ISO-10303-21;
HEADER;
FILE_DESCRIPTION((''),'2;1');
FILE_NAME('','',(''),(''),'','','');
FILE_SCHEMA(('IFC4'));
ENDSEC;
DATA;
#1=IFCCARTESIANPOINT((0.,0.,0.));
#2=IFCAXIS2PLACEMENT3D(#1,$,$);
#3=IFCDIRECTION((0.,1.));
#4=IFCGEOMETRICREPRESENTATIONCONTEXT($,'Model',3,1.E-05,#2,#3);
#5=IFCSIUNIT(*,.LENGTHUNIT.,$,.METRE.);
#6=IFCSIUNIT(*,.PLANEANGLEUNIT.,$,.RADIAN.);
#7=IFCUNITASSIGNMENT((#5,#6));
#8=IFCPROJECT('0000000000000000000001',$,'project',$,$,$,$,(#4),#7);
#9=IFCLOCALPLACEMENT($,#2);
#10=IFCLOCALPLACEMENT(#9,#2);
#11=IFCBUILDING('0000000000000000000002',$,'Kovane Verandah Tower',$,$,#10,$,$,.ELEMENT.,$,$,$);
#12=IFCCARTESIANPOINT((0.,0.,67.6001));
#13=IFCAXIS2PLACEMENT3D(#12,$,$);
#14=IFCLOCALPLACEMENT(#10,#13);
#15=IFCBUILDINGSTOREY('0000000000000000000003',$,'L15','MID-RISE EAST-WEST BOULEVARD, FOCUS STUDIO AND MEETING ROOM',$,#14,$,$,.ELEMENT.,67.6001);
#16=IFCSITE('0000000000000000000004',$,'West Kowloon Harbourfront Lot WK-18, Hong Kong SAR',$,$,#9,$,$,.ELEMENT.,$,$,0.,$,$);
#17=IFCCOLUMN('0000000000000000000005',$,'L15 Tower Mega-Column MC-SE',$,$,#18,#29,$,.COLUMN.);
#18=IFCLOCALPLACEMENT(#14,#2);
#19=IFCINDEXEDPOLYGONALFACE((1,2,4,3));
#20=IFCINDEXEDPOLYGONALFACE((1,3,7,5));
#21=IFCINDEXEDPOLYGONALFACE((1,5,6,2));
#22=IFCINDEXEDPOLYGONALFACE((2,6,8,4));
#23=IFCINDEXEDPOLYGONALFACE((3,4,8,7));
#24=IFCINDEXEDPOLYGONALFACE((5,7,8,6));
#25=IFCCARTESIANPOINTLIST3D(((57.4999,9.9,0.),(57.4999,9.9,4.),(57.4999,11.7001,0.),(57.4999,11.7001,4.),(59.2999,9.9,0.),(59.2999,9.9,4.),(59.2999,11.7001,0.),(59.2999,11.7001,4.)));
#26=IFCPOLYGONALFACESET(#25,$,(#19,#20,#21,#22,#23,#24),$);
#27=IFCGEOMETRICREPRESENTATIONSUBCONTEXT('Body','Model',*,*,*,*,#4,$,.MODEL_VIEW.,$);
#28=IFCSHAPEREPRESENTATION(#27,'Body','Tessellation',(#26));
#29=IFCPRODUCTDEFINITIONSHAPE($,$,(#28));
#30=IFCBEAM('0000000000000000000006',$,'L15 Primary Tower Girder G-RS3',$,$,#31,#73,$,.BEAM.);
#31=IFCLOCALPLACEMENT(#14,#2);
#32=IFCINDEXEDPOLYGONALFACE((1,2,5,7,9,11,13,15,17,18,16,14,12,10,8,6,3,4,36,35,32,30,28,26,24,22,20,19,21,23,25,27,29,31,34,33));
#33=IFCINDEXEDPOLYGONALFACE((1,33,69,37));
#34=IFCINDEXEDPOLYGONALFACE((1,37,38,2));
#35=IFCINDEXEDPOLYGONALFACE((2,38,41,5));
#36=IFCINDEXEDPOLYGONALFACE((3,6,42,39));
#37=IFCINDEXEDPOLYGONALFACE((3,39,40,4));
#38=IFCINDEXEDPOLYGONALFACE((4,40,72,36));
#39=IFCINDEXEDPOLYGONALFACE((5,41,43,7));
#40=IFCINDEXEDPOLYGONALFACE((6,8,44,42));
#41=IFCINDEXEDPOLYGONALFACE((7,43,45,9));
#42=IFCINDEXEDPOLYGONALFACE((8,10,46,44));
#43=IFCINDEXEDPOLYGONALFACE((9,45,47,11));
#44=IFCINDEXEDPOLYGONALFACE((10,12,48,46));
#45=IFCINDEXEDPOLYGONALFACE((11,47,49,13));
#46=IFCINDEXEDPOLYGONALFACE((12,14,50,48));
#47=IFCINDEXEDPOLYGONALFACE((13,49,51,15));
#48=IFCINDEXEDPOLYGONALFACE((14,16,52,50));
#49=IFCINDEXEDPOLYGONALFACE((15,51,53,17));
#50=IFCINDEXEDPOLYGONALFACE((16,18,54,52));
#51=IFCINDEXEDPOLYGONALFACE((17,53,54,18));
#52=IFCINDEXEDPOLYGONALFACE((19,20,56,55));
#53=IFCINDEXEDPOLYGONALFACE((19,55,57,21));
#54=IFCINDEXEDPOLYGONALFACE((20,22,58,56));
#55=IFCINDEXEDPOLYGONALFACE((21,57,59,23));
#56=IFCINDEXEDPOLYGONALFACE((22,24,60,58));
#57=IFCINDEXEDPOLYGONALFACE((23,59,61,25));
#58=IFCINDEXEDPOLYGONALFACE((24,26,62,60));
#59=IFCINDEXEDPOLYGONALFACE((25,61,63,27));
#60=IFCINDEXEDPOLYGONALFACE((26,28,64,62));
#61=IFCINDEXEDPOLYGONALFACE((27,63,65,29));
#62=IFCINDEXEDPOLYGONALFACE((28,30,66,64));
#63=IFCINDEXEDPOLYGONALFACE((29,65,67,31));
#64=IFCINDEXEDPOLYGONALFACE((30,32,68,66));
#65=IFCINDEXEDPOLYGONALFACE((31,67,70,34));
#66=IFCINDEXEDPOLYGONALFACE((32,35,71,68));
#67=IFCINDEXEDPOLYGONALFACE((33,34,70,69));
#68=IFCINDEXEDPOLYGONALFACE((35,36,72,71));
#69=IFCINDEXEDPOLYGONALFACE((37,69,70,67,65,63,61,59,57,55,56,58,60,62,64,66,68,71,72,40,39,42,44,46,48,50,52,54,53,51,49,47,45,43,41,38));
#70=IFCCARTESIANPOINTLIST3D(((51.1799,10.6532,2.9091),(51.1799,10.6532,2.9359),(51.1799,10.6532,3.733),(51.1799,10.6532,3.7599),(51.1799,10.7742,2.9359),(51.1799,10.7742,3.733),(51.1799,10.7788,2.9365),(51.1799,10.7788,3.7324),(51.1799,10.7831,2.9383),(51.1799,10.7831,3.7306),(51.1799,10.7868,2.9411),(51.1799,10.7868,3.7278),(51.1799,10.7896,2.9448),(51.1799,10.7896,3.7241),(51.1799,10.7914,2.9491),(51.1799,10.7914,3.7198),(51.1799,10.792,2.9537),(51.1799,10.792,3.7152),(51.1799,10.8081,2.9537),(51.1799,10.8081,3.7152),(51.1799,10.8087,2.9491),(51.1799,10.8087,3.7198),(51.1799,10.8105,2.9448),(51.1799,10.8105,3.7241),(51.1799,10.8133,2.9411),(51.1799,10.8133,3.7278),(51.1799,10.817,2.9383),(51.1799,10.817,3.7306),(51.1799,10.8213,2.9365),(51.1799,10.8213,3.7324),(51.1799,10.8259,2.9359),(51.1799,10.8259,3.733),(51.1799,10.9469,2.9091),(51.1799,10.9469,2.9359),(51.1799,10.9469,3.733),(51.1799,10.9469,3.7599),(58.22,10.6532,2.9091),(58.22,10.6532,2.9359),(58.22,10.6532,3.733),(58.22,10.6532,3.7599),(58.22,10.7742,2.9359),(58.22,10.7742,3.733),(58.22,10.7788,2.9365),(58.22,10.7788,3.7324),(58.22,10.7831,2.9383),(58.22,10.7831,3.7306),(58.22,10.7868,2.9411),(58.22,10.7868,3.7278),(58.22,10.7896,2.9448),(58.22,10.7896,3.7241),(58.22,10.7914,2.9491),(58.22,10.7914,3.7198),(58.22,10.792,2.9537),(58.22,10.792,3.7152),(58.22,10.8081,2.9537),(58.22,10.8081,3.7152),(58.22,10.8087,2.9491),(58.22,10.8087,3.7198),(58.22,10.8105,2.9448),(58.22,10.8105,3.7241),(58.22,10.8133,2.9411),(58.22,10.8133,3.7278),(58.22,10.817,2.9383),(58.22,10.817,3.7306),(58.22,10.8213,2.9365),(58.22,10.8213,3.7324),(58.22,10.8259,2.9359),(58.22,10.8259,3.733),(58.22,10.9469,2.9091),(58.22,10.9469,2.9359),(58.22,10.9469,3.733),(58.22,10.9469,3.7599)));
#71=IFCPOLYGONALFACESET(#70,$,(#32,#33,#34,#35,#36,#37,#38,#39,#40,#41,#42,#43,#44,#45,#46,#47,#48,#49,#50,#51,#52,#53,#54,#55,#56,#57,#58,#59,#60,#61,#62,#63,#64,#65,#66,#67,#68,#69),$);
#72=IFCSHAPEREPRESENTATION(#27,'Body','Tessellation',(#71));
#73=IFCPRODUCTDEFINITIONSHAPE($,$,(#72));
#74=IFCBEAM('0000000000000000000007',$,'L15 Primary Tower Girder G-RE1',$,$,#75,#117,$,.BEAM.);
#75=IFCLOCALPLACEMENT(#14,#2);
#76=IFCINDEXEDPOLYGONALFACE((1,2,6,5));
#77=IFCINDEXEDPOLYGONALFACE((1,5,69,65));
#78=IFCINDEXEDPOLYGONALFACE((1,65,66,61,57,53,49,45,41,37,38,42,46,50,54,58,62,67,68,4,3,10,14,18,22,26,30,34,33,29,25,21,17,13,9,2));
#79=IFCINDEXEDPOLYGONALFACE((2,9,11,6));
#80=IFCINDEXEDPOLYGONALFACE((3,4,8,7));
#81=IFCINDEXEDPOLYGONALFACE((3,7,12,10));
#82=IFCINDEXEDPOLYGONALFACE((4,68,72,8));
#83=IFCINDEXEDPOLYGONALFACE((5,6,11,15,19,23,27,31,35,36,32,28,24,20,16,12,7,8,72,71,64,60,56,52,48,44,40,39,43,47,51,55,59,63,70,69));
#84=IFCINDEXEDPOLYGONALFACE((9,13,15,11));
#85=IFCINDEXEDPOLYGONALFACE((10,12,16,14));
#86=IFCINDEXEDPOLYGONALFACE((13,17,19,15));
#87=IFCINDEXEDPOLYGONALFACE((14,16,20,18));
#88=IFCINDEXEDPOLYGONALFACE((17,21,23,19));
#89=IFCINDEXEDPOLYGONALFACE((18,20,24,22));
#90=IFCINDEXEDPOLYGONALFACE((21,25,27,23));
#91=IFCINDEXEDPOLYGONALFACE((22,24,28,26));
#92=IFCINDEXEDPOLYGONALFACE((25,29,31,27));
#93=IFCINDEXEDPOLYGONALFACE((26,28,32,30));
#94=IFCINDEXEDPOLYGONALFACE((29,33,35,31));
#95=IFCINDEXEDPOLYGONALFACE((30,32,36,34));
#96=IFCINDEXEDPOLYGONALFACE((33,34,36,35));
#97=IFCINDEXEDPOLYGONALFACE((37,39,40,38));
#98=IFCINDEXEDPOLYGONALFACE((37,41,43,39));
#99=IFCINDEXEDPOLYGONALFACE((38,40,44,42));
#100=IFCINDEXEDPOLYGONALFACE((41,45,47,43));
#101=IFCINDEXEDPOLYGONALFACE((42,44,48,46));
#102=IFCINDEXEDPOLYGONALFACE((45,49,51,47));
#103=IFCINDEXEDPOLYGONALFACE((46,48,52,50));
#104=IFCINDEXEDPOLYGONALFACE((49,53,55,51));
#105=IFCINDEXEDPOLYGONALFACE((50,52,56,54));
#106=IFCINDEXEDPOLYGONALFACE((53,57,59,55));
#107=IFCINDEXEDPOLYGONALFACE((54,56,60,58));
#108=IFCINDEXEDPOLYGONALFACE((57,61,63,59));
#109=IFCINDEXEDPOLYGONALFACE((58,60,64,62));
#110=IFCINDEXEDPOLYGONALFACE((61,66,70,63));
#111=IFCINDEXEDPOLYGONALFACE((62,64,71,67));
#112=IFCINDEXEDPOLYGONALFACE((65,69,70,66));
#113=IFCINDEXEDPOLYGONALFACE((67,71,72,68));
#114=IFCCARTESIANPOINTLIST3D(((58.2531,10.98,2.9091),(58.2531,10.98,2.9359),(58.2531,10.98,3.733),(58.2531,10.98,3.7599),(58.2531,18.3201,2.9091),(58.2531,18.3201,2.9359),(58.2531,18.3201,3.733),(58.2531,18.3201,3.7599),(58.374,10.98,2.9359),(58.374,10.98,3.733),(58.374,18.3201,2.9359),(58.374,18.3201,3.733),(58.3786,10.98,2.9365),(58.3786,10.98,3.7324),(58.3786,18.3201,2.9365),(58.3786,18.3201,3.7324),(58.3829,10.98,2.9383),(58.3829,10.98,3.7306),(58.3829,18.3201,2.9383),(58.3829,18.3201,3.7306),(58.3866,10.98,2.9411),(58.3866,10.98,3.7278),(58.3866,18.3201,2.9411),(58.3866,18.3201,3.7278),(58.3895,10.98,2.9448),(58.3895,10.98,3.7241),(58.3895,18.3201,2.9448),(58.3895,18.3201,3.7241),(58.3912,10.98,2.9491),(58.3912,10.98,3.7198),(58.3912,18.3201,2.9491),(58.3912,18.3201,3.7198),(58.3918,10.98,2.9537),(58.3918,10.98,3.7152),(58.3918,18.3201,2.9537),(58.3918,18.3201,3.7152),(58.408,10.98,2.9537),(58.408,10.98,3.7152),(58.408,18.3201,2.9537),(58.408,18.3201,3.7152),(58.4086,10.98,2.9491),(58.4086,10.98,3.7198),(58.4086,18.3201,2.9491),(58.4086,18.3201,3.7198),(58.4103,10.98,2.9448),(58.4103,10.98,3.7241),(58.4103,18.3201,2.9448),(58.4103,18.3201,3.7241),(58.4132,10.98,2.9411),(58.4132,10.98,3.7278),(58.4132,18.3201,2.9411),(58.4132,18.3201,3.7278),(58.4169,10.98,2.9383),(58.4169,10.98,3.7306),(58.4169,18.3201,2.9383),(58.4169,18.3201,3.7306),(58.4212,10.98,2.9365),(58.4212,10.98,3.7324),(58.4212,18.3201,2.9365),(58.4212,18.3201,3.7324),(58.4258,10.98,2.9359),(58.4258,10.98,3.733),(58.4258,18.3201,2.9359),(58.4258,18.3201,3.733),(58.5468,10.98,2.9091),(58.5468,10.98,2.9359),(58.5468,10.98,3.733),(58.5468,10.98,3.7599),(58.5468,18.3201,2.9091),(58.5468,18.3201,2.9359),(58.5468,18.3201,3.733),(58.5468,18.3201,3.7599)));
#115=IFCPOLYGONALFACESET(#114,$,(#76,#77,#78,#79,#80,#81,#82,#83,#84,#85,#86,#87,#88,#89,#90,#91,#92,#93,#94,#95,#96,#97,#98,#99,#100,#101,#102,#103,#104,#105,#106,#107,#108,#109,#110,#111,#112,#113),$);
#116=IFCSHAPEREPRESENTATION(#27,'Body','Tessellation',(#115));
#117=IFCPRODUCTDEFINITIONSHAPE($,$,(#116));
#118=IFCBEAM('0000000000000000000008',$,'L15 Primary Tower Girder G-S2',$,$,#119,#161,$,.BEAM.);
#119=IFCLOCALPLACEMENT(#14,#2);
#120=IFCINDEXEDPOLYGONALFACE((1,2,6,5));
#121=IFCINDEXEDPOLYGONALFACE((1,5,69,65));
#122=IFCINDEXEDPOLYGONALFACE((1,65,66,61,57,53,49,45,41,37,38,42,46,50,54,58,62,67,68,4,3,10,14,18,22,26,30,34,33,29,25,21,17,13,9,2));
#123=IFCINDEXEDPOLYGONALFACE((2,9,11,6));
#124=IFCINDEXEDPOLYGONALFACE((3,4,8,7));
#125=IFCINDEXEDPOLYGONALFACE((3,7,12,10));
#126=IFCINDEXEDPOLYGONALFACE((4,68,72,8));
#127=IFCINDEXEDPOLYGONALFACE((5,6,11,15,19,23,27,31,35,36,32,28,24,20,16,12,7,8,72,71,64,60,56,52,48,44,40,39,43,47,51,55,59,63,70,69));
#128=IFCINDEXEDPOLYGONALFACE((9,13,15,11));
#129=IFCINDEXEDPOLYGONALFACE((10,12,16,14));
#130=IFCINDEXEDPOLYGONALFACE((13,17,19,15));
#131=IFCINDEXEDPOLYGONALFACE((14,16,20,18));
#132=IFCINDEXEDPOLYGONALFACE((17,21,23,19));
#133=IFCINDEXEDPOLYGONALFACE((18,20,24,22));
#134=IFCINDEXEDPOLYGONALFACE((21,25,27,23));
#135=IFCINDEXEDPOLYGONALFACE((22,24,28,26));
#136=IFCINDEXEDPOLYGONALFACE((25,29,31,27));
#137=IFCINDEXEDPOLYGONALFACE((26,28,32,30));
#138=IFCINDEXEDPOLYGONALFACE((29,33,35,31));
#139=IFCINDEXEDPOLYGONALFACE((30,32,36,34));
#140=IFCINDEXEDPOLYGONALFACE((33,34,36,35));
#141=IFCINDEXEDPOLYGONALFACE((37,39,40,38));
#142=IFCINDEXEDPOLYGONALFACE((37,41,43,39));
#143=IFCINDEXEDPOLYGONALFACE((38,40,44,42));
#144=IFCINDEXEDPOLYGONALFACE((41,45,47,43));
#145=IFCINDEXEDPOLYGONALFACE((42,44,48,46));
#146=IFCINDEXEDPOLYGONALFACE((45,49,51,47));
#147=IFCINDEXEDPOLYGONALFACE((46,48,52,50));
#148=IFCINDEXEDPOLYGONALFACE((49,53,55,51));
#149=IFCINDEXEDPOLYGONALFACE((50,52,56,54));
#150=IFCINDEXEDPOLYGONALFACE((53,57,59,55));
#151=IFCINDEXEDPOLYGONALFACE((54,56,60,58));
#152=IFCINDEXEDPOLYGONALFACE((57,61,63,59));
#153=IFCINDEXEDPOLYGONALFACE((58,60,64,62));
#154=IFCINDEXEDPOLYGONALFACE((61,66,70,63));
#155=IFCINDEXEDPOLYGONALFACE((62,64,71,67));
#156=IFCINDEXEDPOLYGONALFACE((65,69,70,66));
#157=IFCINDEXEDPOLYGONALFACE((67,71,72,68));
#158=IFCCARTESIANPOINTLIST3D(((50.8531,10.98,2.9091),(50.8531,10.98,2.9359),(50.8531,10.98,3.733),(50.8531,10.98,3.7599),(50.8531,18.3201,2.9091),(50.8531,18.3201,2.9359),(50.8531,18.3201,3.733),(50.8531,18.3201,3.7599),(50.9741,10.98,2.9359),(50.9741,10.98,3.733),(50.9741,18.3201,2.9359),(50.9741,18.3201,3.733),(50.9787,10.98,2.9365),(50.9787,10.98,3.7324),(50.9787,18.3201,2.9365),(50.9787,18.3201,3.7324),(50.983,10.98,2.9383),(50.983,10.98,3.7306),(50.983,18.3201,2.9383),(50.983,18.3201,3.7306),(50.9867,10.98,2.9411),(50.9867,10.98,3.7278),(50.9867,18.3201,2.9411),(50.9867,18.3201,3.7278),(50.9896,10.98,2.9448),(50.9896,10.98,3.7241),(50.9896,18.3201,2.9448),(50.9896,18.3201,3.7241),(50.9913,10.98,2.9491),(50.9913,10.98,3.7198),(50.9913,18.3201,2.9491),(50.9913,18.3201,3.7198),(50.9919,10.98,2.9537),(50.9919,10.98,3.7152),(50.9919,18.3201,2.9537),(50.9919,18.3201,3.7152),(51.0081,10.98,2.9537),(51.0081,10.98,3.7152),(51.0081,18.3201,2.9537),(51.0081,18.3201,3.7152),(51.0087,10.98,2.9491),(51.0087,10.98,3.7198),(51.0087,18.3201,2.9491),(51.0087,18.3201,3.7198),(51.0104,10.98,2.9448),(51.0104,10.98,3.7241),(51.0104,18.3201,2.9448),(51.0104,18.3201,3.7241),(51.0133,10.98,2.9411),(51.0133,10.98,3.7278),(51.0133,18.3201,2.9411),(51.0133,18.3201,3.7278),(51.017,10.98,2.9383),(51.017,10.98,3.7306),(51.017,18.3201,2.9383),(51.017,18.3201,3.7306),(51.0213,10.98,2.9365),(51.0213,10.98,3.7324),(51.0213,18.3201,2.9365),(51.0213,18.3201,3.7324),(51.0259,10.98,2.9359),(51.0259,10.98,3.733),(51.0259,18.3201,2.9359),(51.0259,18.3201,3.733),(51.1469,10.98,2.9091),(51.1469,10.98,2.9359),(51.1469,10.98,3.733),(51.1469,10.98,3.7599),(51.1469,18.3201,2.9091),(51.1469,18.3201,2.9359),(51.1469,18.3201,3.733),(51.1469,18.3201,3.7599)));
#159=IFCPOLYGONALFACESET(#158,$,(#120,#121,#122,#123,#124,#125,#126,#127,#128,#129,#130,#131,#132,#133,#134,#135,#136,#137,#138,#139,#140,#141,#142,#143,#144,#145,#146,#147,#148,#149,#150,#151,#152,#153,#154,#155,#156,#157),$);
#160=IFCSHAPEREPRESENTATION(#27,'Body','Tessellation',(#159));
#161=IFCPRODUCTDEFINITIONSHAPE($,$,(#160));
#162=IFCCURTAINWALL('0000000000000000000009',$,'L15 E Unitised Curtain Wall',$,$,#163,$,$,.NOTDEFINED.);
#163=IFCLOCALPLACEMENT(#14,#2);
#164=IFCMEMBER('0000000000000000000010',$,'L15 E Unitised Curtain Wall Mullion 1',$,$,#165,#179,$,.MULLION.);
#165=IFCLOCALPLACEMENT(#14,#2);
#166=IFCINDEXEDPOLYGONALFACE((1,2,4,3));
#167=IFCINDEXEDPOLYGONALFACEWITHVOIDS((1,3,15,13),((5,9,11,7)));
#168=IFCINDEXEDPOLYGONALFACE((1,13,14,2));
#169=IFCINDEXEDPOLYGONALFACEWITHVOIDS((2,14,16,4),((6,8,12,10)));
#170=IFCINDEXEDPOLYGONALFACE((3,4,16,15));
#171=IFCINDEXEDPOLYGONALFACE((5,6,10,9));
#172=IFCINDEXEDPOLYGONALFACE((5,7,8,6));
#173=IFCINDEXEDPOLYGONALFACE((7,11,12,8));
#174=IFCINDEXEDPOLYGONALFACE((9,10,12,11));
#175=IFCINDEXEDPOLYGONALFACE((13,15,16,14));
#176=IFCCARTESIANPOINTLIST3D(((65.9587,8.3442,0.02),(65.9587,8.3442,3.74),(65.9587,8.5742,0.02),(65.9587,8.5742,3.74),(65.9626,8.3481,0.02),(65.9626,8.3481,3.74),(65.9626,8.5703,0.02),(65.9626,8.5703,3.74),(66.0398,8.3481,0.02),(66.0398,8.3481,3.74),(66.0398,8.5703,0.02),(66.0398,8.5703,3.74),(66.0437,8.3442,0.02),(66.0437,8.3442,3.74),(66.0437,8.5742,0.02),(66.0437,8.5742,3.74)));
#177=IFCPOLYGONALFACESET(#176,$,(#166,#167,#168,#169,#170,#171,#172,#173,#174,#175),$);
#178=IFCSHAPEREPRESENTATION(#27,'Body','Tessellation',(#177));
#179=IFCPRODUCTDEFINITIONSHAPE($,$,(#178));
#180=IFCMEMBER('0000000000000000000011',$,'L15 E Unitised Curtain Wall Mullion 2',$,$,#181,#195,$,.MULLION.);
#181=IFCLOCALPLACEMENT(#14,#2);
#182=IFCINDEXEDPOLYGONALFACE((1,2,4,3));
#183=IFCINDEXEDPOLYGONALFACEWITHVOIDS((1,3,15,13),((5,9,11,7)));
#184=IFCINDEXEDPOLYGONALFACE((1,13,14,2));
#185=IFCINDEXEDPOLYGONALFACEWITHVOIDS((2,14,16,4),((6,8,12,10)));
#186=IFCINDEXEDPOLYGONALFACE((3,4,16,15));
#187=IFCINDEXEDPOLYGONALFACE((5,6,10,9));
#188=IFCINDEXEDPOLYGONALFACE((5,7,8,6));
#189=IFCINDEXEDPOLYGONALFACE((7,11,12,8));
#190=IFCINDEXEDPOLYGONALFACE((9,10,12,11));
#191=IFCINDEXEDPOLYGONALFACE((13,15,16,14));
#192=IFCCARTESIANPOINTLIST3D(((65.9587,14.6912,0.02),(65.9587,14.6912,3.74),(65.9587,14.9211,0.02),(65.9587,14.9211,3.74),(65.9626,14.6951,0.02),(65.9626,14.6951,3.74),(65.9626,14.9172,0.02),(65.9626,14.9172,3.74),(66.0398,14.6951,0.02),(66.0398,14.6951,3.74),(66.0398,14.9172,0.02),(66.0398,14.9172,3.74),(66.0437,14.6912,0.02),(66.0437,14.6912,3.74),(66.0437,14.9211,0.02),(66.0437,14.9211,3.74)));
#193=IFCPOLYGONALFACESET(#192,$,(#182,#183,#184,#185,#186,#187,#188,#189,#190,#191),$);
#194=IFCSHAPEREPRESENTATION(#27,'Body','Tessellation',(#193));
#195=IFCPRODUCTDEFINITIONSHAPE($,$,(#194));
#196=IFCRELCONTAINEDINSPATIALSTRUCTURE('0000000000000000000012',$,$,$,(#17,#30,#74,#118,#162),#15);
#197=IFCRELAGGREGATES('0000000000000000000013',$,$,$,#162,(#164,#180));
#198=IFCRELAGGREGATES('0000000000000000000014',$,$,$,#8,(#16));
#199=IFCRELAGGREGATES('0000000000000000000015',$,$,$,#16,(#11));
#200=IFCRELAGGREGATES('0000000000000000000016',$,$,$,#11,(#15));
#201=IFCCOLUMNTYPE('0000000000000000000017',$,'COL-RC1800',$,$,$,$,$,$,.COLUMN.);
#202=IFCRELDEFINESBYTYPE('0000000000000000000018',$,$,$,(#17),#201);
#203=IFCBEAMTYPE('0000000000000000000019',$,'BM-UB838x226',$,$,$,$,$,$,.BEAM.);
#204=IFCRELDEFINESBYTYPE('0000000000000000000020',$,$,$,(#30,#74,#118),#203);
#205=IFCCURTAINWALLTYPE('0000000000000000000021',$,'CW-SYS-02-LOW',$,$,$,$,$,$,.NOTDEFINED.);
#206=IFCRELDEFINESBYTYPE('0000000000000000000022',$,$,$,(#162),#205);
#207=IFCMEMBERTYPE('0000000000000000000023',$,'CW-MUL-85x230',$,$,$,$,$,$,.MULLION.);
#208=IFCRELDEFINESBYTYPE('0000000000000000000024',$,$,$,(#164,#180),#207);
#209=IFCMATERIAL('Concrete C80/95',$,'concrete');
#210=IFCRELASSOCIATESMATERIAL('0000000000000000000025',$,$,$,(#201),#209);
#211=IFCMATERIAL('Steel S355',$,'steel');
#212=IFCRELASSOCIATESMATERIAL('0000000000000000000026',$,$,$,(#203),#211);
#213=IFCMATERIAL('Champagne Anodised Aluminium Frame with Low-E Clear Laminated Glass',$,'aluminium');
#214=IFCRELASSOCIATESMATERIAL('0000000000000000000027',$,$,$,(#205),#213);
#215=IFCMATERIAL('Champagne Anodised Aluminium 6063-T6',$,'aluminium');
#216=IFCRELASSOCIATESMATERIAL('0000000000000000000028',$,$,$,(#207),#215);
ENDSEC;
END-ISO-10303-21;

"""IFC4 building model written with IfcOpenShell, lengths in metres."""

from ifc_helpers import new_model, si_unit, direction, frame, origin, origin_2d, place, context, subcontext, project, spatial, rectangle, hollow_rectangle, i_section, extrude, material, material_profile, profile_set, type_object, element, aggregate, save


model = new_model("IFC4")

# Units and contexts
model_context = context("Model", 3, precision=1e-05, world=origin(), true_north=direction((0.0, 1.0)))
body_context = subcontext(model_context, "Body", "Model", "MODEL_VIEW")
ifc_project = project(units=[si_unit("LENGTHUNIT", "METRE"), si_unit("PLANEANGLEUNIT", "RADIAN")], contexts=[model_context])

# Site, building, storey
site_placement = place(None, origin())
site = spatial("IfcSite", under=ifc_project, at=site_placement, Name="West Kowloon Harbourfront Lot WK-18, Hong Kong SAR", CompositionType="ELEMENT", RefElevation=0.0)
building_placement = place(site_placement, origin())
building = spatial("IfcBuilding", under=site, at=building_placement, Name="Kovane Verandah Tower", CompositionType="ELEMENT")
storey_placement = place(building_placement, frame((0.0, 0.0, 67.6001)))
storey = spatial("IfcBuildingStorey", under=building, at=storey_placement, Name="L15", Description="MID-RISE EAST-WEST BOULEVARD, FOCUS STUDIO AND MEETING ROOM", CompositionType="ELEMENT", Elevation=67.6001)

# Column
ifc_material_1 = material(Name="Concrete C80/95", Category="concrete")
ifc_material_profile_1 = material_profile(ifc_material_1, rectangle(XDim=1.8, YDim=1.8, at=origin_2d()), Name="RC1800x1800")
ifc_profile_set_1 = profile_set([ifc_material_profile_1], Name="Concrete C80/95")
column_type = type_object("IfcColumnType", Name="COL-RC1800", PredefinedType="COLUMN", material=ifc_profile_set_1)
column_placement = place(storey_placement, frame((58.3999, 10.8, 0.0), z_axis=(0.0, 0.0, 1.0), x_axis=(1.0, 0.0, 0.0)))
element("IfcColumn", 1, at=column_placement, inside=storey, type_object=column_type, Name="L15 Tower Mega-Column MC-SE", PredefinedType="COLUMN", context=body_context, shape_type="SweptSolid", body=[
    extrude(rectangle(XDim=1.8, YDim=1.8, at=origin_2d()), origin(), (0.0, 0.0, 1.0), 4.0),
])

# Beams
ifc_material_2 = material(Name="Steel S355", Category="steel")
ifc_material_profile_2 = material_profile(ifc_material_2, i_section(OverallWidth=0.2937, OverallDepth=0.8508, WebThickness=0.0161, FlangeThickness=0.0269, FilletRadius=0.0178, at=origin_2d()), Name="UB838x292x226")
ifc_profile_set_2 = profile_set([ifc_material_profile_2], Name="Steel S355")
beam_type_1 = type_object("IfcBeamType", Name="BM-UB838x226", PredefinedType="BEAM", material=ifc_profile_set_2)
beam_1_placement = place(storey_placement, frame((51.1799, 10.8, 3.3345), z_axis=(1.0, 0.0, 0.0), x_axis=(0.0, 1.0, 0.0)))
element("IfcBeam", 2, at=beam_1_placement, inside=storey, type_object=beam_type_1, Name="L15 Primary Tower Girder G-RS3", PredefinedType="BEAM", context=body_context, shape_type="SweptSolid", body=[
    extrude(i_section(OverallWidth=0.2937, OverallDepth=0.8508, WebThickness=0.0161, FlangeThickness=0.0269, FilletRadius=0.0178, at=origin_2d()), origin(), (0.0, 0.0, 1.0), 7.04),
])
for number, where, z_axis, x_axis, name in (
    (3, (58.3999, 10.98, 3.3345), (0.0, 1.0, 0.0), (-1.0, 0.0, 0.0), "L15 Primary Tower Girder G-RE1"),
    (4, (51.0, 18.3201, 3.3345), (0.0, -1.0, 0.0), (1.0, 0.0, 0.0), "L15 Primary Tower Girder G-S2"),
):
    element("IfcBeam", number, at=place(storey_placement, frame(where, z_axis=z_axis, x_axis=x_axis)), inside=storey, type_object=beam_type_1, Name=name, PredefinedType="BEAM", context=body_context, shape_type="SweptSolid", body=[
        extrude(i_section(OverallWidth=0.2937, OverallDepth=0.8508, WebThickness=0.0161, FlangeThickness=0.0269, FilletRadius=0.0178, at=origin_2d()), origin(), (0.0, 0.0, 1.0), 7.3401),
    ])

# Curtain wall, members
ifc_material_3 = material(Name="Champagne Anodised Aluminium Frame with Low-E Clear Laminated Glass", Category="aluminium")
curtain_wall_type = type_object("IfcCurtainWallType", Name="CW-SYS-02-LOW", PredefinedType="NOTDEFINED", material=ifc_material_3)
curtain_wall_placement = place(storey_placement, origin())
curtain_wall = element("IfcCurtainWall", 5, at=curtain_wall_placement, inside=storey, type_object=curtain_wall_type, Name="L15 E Unitised Curtain Wall", PredefinedType="NOTDEFINED")
ifc_material_4 = material(Name="Champagne Anodised Aluminium 6063-T6", Category="aluminium")
ifc_material_profile_3 = material_profile(ifc_material_4, hollow_rectangle(XDim=0.085, YDim=0.23, WallThickness=0.0039, at=origin_2d()), Name="AL85x230x4")
ifc_profile_set_3 = profile_set([ifc_material_profile_3], Name="Champagne Anodised Aluminium 6063-T6")
member_type_1 = type_object("IfcMemberType", Name="CW-MUL-85x230", PredefinedType="MULLION", material=ifc_profile_set_3)
member_1_placement = place(storey_placement, frame((66.0012, 8.4592, 0.02), z_axis=(0.0, 0.0, 1.0), x_axis=(1.0, 0.0, 0.0)))
member_1 = element("IfcMember", 6, at=member_1_placement, type_object=member_type_1, Name="L15 E Unitised Curtain Wall Mullion 1", PredefinedType="MULLION", context=body_context, shape_type="SweptSolid", body=[
    extrude(hollow_rectangle(XDim=0.085, YDim=0.23, WallThickness=0.0039, at=origin_2d()), origin(), (0.0, 0.0, 1.0), 3.72),
])
member_2_placement = place(storey_placement, frame((66.0012, 14.8062, 0.02), z_axis=(0.0, 0.0, 1.0), x_axis=(1.0, 0.0, 0.0)))
member_2 = element("IfcMember", 7, at=member_2_placement, type_object=member_type_1, Name="L15 E Unitised Curtain Wall Mullion 2", PredefinedType="MULLION", context=body_context, shape_type="SweptSolid", body=[
    extrude(hollow_rectangle(XDim=0.085, YDim=0.23, WallThickness=0.0039, at=origin_2d()), origin(), (0.0, 0.0, 1.0), 3.72),
])

aggregate(curtain_wall, [member_1, member_2])

save(model, "model.ifc")
